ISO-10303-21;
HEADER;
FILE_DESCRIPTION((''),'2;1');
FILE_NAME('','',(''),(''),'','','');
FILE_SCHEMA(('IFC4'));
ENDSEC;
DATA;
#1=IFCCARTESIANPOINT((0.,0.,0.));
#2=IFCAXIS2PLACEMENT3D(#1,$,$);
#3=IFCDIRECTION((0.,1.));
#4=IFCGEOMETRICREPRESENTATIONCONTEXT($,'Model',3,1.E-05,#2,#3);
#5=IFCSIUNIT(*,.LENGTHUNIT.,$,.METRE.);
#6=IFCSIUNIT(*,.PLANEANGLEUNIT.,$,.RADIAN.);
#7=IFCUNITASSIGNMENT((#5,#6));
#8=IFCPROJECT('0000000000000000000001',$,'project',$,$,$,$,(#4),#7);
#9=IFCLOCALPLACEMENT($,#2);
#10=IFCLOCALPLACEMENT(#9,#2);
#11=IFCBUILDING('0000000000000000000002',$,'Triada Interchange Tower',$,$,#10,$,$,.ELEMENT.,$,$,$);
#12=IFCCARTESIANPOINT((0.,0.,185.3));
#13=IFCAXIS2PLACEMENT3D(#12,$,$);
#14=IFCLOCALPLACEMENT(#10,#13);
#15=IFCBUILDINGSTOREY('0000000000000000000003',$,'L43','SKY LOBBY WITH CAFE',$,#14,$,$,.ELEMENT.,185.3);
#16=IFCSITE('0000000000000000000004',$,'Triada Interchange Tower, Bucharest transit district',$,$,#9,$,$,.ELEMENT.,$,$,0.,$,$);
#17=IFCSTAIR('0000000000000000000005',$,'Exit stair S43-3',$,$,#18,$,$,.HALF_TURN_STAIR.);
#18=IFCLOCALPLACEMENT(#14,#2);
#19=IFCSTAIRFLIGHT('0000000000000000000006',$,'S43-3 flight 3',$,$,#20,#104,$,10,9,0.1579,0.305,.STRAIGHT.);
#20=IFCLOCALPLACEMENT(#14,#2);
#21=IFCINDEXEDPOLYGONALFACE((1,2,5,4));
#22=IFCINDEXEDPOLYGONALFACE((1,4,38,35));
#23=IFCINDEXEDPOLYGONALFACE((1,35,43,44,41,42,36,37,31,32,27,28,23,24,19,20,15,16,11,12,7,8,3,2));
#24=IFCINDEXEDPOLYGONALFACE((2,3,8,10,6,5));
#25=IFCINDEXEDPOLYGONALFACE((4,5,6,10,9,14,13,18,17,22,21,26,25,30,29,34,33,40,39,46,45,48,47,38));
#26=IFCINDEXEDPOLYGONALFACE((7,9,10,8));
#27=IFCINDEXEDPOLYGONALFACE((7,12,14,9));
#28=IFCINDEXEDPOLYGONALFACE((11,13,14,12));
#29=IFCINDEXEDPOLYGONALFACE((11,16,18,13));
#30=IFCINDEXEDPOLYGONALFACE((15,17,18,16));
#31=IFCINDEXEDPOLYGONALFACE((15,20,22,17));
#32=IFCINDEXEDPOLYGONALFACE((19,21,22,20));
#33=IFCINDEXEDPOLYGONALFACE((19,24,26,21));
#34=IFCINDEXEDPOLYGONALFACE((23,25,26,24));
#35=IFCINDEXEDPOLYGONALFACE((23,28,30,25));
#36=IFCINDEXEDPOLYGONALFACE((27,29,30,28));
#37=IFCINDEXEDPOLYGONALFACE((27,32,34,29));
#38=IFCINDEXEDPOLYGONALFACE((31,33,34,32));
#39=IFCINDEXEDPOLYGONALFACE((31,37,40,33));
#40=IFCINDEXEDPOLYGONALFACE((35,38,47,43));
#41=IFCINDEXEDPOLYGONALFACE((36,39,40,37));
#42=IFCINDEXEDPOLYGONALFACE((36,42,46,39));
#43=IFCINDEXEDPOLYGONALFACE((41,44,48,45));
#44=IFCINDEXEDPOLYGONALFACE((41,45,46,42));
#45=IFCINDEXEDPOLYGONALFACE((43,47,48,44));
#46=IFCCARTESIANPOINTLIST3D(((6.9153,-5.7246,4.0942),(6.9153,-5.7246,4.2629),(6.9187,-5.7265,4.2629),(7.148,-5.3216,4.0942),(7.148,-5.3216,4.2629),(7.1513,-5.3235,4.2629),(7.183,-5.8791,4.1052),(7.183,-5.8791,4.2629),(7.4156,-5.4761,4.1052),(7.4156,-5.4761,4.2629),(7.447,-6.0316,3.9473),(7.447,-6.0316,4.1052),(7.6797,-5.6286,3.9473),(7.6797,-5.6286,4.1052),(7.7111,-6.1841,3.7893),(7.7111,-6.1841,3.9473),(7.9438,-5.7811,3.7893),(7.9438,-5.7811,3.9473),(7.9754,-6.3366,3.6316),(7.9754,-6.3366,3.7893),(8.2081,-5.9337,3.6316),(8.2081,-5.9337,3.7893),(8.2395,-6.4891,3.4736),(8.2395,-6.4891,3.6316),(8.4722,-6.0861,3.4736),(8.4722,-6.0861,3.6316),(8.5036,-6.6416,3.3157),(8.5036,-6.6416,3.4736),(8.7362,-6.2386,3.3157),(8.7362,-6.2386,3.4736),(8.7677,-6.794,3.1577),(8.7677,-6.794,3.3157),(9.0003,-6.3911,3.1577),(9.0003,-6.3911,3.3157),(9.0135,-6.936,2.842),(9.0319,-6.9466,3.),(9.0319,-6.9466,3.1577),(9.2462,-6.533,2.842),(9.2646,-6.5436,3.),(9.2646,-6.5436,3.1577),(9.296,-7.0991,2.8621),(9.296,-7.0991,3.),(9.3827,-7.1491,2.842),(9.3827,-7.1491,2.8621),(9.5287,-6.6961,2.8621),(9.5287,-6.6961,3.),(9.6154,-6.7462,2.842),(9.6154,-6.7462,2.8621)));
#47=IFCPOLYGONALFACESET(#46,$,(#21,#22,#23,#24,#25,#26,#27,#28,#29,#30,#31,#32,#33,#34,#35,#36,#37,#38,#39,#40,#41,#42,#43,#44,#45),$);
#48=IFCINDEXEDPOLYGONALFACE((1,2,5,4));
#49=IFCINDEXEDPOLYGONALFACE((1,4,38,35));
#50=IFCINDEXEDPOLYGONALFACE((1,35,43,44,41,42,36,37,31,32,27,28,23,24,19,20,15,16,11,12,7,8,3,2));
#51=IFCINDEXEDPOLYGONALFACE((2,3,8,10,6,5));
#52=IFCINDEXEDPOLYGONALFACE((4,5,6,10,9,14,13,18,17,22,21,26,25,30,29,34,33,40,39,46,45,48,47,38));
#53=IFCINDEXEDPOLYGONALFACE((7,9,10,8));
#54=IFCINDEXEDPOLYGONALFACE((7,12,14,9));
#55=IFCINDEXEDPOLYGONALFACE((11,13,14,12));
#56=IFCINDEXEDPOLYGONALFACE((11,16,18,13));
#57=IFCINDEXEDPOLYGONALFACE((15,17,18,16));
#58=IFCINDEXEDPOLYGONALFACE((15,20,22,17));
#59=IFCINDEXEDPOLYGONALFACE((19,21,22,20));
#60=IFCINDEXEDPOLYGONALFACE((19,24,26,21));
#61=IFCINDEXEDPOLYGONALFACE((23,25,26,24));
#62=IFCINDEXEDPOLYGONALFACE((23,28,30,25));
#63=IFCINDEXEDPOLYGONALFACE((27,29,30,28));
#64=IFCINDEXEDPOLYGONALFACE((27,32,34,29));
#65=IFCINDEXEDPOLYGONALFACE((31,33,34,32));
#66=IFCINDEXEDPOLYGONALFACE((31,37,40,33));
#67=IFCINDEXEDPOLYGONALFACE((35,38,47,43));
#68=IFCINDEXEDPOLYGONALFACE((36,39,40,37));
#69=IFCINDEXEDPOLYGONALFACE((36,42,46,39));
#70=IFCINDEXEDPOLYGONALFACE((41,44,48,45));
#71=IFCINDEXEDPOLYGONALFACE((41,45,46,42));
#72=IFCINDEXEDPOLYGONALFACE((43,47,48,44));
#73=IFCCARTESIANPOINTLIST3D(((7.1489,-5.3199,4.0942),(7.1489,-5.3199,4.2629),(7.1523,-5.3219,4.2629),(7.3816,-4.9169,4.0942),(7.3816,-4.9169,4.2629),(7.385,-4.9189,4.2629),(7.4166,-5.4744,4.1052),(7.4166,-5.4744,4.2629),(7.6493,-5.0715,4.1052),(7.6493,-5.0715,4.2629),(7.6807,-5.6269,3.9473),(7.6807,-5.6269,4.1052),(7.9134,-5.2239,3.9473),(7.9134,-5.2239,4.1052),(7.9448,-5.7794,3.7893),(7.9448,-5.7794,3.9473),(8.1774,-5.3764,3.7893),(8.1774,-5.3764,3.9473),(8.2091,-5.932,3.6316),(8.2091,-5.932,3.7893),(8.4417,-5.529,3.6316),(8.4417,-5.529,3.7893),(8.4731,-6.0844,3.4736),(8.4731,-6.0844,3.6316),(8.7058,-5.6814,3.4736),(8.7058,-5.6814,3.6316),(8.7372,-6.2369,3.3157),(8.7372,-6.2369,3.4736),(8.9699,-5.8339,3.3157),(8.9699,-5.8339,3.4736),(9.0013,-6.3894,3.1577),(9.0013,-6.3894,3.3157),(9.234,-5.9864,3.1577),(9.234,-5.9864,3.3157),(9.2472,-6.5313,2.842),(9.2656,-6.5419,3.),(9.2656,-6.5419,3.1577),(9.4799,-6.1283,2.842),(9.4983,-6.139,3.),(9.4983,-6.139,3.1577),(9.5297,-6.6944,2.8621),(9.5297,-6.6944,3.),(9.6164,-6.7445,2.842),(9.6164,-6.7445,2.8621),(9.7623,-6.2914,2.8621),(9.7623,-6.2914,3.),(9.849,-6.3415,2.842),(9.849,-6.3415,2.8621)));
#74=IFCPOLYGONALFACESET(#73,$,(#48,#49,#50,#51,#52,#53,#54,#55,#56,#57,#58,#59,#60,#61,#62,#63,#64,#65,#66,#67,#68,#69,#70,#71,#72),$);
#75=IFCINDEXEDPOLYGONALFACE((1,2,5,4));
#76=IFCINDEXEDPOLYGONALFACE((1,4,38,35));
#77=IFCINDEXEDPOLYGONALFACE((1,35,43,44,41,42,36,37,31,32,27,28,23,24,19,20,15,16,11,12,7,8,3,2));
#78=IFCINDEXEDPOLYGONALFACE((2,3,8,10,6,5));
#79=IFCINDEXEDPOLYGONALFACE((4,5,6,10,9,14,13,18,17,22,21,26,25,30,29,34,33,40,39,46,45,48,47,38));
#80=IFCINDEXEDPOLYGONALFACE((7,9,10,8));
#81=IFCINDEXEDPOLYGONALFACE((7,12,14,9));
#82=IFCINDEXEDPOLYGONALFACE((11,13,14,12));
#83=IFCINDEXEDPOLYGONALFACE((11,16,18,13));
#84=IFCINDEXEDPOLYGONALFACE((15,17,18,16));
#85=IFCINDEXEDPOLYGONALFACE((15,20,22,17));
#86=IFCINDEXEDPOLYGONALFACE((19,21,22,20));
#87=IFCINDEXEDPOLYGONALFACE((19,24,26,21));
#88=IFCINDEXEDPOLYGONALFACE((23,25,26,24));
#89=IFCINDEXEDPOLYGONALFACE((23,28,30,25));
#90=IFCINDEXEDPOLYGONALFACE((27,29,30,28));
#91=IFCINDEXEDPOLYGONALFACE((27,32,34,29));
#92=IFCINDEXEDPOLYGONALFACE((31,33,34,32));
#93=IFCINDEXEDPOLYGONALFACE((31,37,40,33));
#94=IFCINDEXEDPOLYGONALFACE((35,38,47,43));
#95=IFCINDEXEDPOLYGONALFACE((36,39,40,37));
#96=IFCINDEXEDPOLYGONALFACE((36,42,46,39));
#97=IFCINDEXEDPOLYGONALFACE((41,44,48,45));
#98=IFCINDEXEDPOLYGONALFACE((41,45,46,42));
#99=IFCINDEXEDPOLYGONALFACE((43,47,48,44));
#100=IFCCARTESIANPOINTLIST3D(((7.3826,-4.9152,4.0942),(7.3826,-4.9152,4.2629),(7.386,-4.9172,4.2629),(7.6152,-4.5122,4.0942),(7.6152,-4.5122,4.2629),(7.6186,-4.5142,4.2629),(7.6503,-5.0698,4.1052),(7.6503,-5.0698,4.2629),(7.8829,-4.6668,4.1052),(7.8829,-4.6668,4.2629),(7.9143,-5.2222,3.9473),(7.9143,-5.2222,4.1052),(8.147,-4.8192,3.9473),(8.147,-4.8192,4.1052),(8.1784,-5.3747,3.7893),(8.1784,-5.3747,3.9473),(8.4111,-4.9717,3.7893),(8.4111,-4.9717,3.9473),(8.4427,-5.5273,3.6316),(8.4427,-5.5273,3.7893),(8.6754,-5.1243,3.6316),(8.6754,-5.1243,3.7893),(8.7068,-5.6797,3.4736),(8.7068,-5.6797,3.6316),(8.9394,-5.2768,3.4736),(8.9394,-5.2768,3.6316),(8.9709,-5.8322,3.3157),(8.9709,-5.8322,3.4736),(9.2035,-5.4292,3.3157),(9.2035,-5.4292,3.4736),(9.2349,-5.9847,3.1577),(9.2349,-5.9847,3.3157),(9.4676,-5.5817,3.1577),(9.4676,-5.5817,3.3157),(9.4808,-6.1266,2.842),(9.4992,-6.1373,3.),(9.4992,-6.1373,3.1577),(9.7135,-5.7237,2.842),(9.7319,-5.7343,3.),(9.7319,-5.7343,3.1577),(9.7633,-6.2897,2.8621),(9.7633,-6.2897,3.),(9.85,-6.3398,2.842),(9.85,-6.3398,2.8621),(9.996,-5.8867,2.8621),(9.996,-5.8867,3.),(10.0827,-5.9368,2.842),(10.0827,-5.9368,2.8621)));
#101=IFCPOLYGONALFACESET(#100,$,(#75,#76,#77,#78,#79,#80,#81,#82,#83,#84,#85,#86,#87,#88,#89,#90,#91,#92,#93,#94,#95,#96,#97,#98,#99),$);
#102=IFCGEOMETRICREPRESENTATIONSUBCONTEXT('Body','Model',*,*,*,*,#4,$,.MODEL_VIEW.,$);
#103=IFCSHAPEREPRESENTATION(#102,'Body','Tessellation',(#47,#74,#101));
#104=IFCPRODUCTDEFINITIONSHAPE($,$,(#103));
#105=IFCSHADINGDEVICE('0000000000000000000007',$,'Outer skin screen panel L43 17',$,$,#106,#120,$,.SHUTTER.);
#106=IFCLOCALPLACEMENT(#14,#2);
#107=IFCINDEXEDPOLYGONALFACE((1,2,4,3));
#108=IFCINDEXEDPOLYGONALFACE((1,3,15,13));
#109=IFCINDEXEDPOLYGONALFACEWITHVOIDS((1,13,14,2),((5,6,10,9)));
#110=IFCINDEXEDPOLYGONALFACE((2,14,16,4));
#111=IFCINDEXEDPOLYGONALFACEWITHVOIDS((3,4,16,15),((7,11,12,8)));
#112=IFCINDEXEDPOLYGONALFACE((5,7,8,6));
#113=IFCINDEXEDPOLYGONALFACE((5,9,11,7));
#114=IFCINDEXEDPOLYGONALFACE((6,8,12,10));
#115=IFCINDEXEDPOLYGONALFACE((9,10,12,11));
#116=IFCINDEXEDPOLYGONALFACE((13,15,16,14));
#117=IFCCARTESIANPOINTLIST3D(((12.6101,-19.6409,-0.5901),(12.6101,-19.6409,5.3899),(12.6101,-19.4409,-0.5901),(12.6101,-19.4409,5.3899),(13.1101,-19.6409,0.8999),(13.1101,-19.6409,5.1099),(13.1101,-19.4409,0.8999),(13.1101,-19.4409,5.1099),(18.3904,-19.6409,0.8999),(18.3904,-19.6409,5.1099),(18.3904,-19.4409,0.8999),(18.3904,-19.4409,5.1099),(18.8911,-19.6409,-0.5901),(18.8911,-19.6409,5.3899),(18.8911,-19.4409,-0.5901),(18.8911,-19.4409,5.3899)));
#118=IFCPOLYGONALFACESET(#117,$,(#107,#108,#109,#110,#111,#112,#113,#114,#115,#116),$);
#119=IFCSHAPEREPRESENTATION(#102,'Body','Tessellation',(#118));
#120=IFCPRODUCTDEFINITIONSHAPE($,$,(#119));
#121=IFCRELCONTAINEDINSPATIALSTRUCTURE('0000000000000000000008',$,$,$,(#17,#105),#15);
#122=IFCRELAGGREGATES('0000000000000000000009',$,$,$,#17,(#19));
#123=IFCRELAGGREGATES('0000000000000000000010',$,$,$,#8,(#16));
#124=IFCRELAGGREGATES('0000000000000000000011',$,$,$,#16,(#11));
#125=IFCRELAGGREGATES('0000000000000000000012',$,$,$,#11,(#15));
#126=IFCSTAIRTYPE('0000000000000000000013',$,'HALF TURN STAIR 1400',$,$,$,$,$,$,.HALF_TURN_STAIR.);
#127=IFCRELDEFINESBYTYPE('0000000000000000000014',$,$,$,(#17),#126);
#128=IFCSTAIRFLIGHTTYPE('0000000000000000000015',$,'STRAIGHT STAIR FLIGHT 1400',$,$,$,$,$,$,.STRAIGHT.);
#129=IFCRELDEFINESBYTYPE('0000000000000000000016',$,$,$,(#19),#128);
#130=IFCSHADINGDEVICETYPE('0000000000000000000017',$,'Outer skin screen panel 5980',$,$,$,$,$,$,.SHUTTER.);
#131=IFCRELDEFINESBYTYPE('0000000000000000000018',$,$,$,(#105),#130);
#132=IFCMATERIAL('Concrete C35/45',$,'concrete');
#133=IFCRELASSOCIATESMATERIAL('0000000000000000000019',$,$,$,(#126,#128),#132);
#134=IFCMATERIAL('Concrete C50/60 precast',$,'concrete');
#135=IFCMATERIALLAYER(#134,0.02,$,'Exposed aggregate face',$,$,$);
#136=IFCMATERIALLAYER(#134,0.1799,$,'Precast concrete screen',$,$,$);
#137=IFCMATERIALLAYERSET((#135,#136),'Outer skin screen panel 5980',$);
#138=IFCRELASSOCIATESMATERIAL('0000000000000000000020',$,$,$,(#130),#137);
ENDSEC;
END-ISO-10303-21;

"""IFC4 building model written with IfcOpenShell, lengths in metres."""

from ifc_helpers import new_model, si_unit, direction, frame, origin, place, context, subcontext, project, spatial, polyline, outline, extrude, material, layer, layer_set, type_object, element, aggregate, save


model = new_model("IFC4")

# Units and contexts
model_context = context("Model", 3, precision=1e-05, world=origin(), true_north=direction((0.0, 1.0)))
body_context = subcontext(model_context, "Body", "Model", "MODEL_VIEW")
ifc_project = project(units=[si_unit("LENGTHUNIT", "METRE"), si_unit("PLANEANGLEUNIT", "RADIAN")], contexts=[model_context])

# Site, building, storey
site_placement = place(None, origin())
site = spatial("IfcSite", under=ifc_project, at=site_placement, Name="Triada Interchange Tower, Bucharest transit district", CompositionType="ELEMENT", RefElevation=0.0)
building_placement = place(site_placement, origin())
building = spatial("IfcBuilding", under=site, at=building_placement, Name="Triada Interchange Tower", CompositionType="ELEMENT")
storey_placement = place(building_placement, frame((0.0, 0.0, 185.3)))
storey = spatial("IfcBuildingStorey", under=building, at=storey_placement, Name="L43", Description="SKY LOBBY WITH CAFE", CompositionType="ELEMENT", Elevation=185.3)

# Shared definitions
ifc_material_1 = material(Name="Concrete C35/45", Category="concrete")

# Stair, stair flight
stair_type = type_object("IfcStairType", Name="HALF TURN STAIR 1400", PredefinedType="HALF_TURN_STAIR", material=ifc_material_1)
stair_placement = place(storey_placement, origin())
stair = element("IfcStair", 1, at=stair_placement, inside=storey, type_object=stair_type, Name="Exit stair S43-3", PredefinedType="HALF_TURN_STAIR")
stair_flight_type = type_object("IfcStairFlightType", Name="STRAIGHT STAIR FLIGHT 1400", PredefinedType="STRAIGHT", material=ifc_material_1)
stair_flight_1_placement = place(storey_placement, frame((9.646, -6.4929, 2.842), z_axis=(0.0, 0.0, 1.0), x_axis=(-0.866025, 0.5, 0.0)))
stair_flight_1 = element("IfcStairFlight", 2, at=stair_flight_1_placement, type_object=stair_flight_type, Name="S43-3 flight 3", NumberOfRisers=10, NumberOfTreads=9, PredefinedType="STRAIGHT", RiserHeight=0.1579, TreadLength=0.305, context=body_context, shape_type="SweptSolid", body=[
    extrude(outline(polyline([(-0.1001, 0.0), (-0.1001, 0.02), (0.0, 0.02), (0.0, 0.158), (0.3049, 0.158), (0.3049, 0.3157), (0.6101, 0.3157), (0.6101, 0.4736), (0.915, 0.4736), (0.915, 0.6316), (1.22, 0.6316), (1.22, 0.7896), (1.5249, 0.7896), (1.5249, 0.9473), (1.8301, 0.9473), (1.8301, 1.1052), (2.135, 1.1052), (2.135, 1.2632), (2.4399, 1.2632), (2.4399, 1.4209), (2.7451, 1.4209), (2.749, 1.4209), (2.749, 1.5789), (2.749, 1.2522), (0.3262, 0.0), (-0.1001, 0.0)])), frame((0.0, 0.7, 0.0), z_axis=(0.0, -1.0, 0.0), x_axis=(1.0, 0.0, 0.0)), (0.0, 0.0, 1.0), 0.4653),
    extrude(outline(polyline([(-0.1001, 0.0), (-0.1001, 0.02), (0.0, 0.02), (0.0, 0.158), (0.3049, 0.158), (0.3049, 0.3157), (0.6101, 0.3157), (0.6101, 0.4736), (0.915, 0.4736), (0.915, 0.6316), (1.22, 0.6316), (1.22, 0.7896), (1.5249, 0.7896), (1.5249, 0.9473), (1.8301, 0.9473), (1.8301, 1.1052), (2.135, 1.1052), (2.135, 1.2632), (2.4399, 1.2632), (2.4399, 1.4209), (2.7451, 1.4209), (2.749, 1.4209), (2.749, 1.5789), (2.749, 1.2522), (0.3262, 0.0), (-0.1001, 0.0)])), frame((0.0, 0.2327, 0.0), z_axis=(0.0, -1.0, 0.0), x_axis=(1.0, 0.0, 0.0)), (0.0, 0.0, 1.0), 0.4653),
    extrude(outline(polyline([(-0.1001, 0.0), (-0.1001, 0.02), (0.0, 0.02), (0.0, 0.158), (0.3049, 0.158), (0.3049, 0.3157), (0.6101, 0.3157), (0.6101, 0.4736), (0.915, 0.4736), (0.915, 0.6316), (1.22, 0.6316), (1.22, 0.7896), (1.5249, 0.7896), (1.5249, 0.9473), (1.8301, 0.9473), (1.8301, 1.1052), (2.135, 1.1052), (2.135, 1.2632), (2.4399, 1.2632), (2.4399, 1.4209), (2.7451, 1.4209), (2.749, 1.4209), (2.749, 1.5789), (2.749, 1.2522), (0.3262, 0.0), (-0.1001, 0.0)])), frame((0.0, -0.2346, 0.0), z_axis=(0.0, -1.0, 0.0), x_axis=(1.0, 0.0, 0.0)), (0.0, 0.0, 1.0), 0.4653),
])

# Shading device
ifc_material_2 = material(Name="Concrete C50/60 precast", Category="concrete")
ifc_layer_1 = layer(ifc_material_2, 0.02, Name="Exposed aggregate face")
ifc_layer_2 = layer(ifc_material_2, 0.1799, Name="Precast concrete screen")
ifc_layer_set_1 = layer_set([ifc_layer_1, ifc_layer_2], Name="Outer skin screen panel 5980")
shading_device_type = type_object("IfcShadingDeviceType", Name="Outer skin screen panel 5980", PredefinedType="SHUTTER", material=ifc_layer_set_1)
shading_device_placement = place(storey_placement, frame((12.6101, -19.4409, -0.5901), z_axis=(0.0, 0.0, 1.0), x_axis=(1.0, 0.0, 0.0)))
element("IfcShadingDevice", 3, at=shading_device_placement, inside=storey, type_object=shading_device_type, Name="Outer skin screen panel L43 17", PredefinedType="SHUTTER", context=body_context, shape_type="SweptSolid", body=[
    extrude(outline(polyline([(0.0, 0.0), (6.281, 0.0), (6.281, 5.98), (0.0, 5.98), (0.0, 0.0)]), holes=[polyline([(0.5, 1.49), (0.5, 5.7), (5.7803, 5.7), (5.7803, 1.49), (0.5, 1.49)])]), frame((0.0, 0.0, 0.0), z_axis=(0.0, -1.0, 0.0), x_axis=(1.0, 0.0, 0.0)), (0.0, 0.0, 1.0), 0.2),
])

aggregate(stair, [stair_flight_1])

save(model, "model.ifc")
